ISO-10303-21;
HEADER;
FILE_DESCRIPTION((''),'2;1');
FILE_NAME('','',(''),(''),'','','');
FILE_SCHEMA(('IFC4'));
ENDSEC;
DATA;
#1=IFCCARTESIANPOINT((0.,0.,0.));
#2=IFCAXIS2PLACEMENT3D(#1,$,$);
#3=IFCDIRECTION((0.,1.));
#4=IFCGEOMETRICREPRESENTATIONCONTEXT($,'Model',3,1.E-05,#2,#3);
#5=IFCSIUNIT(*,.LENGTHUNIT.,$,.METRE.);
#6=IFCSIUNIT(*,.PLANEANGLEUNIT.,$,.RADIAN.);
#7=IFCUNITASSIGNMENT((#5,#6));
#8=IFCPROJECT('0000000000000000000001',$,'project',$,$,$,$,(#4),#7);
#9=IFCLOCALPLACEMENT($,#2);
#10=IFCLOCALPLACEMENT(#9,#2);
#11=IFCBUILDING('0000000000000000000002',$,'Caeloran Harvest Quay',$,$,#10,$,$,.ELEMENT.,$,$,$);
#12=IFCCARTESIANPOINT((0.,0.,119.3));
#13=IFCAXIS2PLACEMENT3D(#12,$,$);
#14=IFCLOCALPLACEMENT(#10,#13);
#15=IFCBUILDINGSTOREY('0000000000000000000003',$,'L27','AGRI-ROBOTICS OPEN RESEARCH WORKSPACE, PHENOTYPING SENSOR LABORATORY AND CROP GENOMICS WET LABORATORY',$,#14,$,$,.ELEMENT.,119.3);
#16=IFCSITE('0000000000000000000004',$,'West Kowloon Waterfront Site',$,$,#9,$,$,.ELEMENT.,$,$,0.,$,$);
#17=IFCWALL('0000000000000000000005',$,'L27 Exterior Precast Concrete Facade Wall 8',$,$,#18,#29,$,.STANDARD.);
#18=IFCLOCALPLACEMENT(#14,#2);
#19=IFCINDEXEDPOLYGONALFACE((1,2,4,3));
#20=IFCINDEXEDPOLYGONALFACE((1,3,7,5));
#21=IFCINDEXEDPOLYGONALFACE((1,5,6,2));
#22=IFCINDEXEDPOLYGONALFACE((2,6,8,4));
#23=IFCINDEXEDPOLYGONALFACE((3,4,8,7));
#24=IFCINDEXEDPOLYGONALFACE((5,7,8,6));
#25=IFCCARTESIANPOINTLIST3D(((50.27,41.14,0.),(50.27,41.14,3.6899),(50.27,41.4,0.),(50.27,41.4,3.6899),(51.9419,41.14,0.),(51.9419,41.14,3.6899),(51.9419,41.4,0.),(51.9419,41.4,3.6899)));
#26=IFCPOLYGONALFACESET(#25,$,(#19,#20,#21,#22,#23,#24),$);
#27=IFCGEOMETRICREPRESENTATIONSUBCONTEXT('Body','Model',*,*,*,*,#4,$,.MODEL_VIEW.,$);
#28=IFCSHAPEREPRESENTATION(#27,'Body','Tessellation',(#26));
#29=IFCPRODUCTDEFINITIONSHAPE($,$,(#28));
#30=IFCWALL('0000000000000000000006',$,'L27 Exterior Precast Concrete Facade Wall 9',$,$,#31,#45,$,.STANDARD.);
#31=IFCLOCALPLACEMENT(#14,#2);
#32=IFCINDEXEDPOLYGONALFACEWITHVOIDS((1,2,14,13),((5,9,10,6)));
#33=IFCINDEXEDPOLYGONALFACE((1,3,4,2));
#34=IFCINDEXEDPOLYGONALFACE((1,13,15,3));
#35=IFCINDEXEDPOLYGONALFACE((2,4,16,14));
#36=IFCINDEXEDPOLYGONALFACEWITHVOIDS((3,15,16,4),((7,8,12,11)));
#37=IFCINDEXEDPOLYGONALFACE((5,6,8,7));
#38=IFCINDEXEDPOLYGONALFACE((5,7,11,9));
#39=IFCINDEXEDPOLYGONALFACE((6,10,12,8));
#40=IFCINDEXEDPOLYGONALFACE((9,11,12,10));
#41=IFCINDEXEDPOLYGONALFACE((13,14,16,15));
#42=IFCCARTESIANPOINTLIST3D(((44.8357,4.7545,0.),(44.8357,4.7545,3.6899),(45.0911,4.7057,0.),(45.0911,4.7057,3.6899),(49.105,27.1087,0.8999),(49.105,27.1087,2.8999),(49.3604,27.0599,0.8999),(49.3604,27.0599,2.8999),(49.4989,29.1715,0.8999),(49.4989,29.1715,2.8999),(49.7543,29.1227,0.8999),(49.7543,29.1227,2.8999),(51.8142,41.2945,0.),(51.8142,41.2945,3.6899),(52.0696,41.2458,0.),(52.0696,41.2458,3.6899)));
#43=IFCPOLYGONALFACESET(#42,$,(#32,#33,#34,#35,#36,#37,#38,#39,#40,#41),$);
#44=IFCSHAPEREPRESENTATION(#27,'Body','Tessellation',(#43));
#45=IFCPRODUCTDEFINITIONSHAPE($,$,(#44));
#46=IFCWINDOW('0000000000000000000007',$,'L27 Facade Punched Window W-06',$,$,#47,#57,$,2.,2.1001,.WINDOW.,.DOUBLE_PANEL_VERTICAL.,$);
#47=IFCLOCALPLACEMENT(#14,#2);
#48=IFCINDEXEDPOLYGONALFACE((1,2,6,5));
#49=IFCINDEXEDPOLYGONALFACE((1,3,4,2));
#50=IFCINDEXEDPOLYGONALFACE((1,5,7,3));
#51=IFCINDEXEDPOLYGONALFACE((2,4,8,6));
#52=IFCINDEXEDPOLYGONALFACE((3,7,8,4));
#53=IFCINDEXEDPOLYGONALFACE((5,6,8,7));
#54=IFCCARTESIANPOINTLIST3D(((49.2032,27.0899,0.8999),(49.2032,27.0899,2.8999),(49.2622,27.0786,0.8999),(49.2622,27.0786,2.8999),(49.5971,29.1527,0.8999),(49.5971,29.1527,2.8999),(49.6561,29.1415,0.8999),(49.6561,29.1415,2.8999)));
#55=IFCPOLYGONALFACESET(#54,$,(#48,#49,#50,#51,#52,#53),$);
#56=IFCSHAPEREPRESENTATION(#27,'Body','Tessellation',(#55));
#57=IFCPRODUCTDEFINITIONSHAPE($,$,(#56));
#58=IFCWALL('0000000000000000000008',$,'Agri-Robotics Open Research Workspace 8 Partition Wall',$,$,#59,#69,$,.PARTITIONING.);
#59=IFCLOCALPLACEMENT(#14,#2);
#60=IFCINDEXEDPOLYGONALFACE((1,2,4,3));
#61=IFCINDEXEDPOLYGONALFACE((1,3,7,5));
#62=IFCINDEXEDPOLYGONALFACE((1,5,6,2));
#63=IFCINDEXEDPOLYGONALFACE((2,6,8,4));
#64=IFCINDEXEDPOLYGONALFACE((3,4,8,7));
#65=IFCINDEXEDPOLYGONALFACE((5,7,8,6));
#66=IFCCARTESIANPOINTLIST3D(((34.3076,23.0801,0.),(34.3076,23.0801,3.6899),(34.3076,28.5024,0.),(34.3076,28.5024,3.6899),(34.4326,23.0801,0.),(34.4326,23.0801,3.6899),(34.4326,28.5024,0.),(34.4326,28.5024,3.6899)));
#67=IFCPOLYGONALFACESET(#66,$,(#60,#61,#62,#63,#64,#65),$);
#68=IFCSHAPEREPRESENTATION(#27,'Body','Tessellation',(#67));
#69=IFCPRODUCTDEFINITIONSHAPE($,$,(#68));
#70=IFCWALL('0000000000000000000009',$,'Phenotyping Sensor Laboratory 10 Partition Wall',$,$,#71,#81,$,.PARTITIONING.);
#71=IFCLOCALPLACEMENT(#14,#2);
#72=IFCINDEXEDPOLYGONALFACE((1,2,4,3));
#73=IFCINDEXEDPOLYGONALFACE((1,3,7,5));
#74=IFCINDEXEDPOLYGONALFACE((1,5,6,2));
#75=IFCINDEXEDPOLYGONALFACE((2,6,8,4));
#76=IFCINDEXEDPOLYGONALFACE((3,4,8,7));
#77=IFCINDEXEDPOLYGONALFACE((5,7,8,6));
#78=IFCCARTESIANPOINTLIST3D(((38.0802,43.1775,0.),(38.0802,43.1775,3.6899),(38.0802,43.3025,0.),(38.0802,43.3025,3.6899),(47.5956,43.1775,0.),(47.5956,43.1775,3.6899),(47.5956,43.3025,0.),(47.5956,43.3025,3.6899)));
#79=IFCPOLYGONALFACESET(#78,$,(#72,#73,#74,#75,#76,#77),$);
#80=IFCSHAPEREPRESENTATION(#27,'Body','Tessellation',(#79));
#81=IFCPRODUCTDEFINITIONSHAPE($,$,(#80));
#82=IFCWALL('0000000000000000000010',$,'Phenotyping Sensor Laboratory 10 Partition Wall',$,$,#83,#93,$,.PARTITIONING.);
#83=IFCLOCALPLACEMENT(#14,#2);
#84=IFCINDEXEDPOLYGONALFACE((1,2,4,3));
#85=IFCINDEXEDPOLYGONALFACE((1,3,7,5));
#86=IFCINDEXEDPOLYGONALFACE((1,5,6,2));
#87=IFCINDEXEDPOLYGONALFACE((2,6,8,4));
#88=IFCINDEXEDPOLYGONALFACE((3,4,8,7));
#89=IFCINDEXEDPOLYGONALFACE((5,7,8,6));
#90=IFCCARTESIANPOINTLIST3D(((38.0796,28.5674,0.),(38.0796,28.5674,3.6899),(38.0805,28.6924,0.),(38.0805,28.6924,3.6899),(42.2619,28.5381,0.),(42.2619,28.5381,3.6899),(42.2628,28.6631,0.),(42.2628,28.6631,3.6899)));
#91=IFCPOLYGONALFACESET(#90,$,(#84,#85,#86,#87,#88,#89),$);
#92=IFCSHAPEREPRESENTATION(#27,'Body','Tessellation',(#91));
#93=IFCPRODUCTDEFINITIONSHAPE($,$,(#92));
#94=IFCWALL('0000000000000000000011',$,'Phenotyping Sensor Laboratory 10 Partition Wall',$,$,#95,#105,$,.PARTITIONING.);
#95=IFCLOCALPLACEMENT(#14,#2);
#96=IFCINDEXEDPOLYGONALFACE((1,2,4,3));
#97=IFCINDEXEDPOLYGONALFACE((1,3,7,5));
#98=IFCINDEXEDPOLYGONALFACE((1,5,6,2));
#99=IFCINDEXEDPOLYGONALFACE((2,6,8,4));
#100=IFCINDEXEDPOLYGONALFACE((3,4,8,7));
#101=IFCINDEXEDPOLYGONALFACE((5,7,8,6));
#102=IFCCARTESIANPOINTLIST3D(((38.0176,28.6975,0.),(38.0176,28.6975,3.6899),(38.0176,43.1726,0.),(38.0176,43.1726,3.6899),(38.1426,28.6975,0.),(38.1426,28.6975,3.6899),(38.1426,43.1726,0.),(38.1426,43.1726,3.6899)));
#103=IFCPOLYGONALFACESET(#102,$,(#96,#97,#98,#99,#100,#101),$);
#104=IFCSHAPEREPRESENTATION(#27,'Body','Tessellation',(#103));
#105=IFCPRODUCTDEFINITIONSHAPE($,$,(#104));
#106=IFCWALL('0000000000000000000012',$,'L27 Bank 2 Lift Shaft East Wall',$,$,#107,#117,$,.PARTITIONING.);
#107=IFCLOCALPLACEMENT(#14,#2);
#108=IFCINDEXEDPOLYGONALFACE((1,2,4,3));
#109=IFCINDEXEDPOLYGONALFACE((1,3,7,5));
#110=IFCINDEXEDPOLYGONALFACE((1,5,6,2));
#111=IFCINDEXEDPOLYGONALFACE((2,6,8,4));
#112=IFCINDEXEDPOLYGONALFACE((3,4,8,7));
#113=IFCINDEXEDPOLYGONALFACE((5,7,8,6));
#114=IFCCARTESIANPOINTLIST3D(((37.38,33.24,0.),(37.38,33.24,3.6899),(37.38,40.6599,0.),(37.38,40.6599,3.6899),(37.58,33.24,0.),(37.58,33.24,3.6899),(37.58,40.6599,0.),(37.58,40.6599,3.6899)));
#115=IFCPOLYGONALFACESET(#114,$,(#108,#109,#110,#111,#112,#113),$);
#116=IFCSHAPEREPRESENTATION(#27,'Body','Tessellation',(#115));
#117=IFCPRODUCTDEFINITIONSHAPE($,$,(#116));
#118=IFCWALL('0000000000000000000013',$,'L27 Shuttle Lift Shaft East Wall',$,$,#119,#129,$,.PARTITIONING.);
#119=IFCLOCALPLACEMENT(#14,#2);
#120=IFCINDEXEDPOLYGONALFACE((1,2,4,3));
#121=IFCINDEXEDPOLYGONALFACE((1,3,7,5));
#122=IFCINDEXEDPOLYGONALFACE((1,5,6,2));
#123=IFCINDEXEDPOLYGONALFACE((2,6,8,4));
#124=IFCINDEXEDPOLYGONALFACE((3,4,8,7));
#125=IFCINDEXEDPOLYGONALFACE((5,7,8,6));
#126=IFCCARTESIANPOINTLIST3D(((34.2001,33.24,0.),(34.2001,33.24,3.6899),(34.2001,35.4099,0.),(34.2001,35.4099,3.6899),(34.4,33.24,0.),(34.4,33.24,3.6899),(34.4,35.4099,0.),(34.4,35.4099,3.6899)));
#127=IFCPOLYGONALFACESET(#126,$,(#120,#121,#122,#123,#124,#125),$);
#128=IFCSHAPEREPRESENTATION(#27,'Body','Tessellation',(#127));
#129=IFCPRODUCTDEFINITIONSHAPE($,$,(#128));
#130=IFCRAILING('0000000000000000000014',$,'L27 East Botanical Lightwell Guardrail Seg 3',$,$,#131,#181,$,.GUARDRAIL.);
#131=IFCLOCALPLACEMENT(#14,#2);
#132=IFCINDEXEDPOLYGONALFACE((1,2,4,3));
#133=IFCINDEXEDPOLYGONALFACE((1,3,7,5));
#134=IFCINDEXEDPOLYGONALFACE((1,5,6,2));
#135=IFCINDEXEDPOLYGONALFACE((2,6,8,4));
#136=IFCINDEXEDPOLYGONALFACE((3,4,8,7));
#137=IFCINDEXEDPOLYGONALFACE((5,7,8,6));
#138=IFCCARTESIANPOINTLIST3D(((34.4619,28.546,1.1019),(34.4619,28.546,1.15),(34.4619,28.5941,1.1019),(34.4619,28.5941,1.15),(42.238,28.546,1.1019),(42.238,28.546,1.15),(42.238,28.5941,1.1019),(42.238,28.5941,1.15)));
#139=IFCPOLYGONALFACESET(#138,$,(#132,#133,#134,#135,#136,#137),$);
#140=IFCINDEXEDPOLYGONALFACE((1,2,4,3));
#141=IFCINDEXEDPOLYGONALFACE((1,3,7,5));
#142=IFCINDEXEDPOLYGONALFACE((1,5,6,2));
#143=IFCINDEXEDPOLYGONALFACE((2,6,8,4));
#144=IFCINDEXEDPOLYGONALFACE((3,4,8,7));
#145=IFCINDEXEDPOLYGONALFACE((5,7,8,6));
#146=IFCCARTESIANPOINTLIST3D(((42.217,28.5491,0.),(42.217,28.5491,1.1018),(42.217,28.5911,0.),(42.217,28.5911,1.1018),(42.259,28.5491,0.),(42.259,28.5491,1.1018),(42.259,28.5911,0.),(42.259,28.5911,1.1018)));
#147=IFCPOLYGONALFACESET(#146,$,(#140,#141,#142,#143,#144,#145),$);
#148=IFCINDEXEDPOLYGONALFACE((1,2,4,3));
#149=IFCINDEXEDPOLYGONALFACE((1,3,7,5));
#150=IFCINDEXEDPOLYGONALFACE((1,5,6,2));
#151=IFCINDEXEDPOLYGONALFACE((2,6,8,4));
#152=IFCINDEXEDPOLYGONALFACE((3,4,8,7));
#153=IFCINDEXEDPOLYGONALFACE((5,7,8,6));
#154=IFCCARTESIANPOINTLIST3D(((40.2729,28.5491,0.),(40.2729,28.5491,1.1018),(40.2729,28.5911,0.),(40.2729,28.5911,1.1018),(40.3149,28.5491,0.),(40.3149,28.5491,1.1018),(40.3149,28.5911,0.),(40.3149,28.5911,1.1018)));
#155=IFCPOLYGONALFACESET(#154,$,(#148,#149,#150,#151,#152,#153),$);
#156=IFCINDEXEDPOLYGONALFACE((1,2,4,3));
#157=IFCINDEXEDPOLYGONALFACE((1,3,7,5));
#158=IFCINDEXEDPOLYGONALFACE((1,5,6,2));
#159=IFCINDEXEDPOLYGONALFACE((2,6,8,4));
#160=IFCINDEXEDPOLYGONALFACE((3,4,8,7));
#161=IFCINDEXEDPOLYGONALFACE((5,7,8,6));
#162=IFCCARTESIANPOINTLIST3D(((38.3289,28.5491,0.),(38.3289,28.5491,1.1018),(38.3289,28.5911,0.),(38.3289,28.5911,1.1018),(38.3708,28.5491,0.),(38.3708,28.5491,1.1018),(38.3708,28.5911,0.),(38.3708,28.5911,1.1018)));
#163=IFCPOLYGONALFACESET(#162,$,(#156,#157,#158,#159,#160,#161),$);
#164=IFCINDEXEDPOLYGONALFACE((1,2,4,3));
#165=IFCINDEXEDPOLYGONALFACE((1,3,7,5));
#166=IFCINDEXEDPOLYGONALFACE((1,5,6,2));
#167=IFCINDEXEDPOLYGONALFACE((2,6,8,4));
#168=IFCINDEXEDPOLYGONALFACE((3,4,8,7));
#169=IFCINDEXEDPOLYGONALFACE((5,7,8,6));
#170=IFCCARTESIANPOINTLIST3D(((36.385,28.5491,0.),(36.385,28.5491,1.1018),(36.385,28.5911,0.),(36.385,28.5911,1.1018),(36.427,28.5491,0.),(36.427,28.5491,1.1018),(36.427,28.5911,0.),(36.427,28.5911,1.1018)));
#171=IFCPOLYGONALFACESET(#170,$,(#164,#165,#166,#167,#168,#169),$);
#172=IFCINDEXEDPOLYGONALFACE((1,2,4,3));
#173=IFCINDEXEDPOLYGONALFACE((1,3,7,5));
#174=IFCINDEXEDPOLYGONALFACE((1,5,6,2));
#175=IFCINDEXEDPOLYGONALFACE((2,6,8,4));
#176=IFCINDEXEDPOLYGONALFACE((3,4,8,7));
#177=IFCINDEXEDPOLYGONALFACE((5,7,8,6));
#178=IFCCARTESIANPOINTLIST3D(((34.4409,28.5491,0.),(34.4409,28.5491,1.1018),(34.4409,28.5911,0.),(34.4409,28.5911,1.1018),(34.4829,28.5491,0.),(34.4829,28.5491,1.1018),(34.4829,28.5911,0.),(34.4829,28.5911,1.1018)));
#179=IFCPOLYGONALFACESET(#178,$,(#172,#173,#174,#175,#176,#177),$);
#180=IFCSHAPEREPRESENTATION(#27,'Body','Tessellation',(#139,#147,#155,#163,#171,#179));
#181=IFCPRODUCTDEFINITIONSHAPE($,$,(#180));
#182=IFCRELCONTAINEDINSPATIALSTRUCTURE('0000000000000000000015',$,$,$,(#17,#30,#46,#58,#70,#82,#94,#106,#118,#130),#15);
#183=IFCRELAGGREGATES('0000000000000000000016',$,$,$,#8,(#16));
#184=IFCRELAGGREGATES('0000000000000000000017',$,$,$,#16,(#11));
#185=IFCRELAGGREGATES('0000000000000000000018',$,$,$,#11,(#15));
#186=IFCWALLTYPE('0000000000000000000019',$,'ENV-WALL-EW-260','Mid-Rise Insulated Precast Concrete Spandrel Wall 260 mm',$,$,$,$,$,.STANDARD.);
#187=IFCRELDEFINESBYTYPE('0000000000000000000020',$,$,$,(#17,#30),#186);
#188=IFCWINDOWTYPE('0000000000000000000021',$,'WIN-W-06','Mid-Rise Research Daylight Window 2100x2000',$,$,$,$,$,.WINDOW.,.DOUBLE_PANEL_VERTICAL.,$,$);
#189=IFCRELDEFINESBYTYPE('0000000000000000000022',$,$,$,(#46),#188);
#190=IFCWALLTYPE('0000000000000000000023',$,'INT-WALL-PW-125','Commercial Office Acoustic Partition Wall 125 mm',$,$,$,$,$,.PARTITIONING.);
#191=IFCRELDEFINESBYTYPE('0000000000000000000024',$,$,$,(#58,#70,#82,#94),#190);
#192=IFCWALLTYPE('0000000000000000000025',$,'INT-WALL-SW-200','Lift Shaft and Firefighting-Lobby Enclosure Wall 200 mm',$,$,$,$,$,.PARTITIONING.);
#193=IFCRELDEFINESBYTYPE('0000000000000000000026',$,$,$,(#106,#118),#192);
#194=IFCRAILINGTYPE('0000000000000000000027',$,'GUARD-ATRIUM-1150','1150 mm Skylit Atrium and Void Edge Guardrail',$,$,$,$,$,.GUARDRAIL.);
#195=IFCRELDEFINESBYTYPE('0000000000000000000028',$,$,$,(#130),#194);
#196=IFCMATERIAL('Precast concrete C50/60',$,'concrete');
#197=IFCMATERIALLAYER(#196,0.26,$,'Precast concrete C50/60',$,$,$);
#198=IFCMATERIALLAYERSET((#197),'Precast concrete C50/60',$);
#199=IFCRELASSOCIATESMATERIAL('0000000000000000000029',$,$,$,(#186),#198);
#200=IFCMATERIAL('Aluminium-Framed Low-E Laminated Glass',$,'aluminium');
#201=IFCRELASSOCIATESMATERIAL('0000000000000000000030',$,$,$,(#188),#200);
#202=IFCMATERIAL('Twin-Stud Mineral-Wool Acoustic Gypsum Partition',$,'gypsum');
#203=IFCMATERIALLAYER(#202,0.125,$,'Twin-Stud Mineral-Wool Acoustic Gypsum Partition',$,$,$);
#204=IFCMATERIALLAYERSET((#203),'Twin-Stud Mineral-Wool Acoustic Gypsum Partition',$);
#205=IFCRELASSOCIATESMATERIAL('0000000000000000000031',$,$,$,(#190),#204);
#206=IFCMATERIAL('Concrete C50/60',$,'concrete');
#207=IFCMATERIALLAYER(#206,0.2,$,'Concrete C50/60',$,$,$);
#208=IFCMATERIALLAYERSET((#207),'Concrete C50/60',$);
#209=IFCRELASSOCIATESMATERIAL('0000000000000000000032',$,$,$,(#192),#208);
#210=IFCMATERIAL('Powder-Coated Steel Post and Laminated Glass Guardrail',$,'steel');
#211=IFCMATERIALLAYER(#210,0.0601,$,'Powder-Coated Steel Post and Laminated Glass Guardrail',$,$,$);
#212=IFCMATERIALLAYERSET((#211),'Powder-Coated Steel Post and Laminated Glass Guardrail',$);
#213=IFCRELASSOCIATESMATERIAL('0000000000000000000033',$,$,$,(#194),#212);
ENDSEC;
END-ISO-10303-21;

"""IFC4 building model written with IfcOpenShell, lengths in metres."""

from ifc_helpers import new_model, si_unit, direction, frame, frame_2d, origin, origin_2d, place, context, subcontext, project, spatial, rectangle, extrude, material, layer, layer_set, type_object, element, fill, save


model = new_model("IFC4")

# Units and contexts
model_context = context("Model", 3, precision=1e-05, world=origin(), true_north=direction((0.0, 1.0)))
body_context = subcontext(model_context, "Body", "Model", "MODEL_VIEW")
ifc_project = project(units=[si_unit("LENGTHUNIT", "METRE"), si_unit("PLANEANGLEUNIT", "RADIAN")], contexts=[model_context])

# Site, building, storey
site_placement = place(None, origin())
site = spatial("IfcSite", under=ifc_project, at=site_placement, Name="West Kowloon Waterfront Site", CompositionType="ELEMENT", RefElevation=0.0)
building_placement = place(site_placement, origin())
building = spatial("IfcBuilding", under=site, at=building_placement, Name="Caeloran Harvest Quay", CompositionType="ELEMENT")
storey_placement = place(building_placement, frame((0.0, 0.0, 119.3)))
storey = spatial("IfcBuildingStorey", under=building, at=storey_placement, Name="L27", Description="AGRI-ROBOTICS OPEN RESEARCH WORKSPACE, PHENOTYPING SENSOR LABORATORY AND CROP GENOMICS WET LABORATORY", CompositionType="ELEMENT", Elevation=119.3)

# Wall
ifc_material_1 = material(Name="Precast concrete C50/60", Category="concrete")
ifc_layer_1 = layer(ifc_material_1, 0.26, Name="Precast concrete C50/60")
ifc_layer_set_1 = layer_set([ifc_layer_1], Name="Precast concrete C50/60")
wall_type_1 = type_object("IfcWallType", Name="ENV-WALL-EW-260", Description="Mid-Rise Insulated Precast Concrete Spandrel Wall 260 mm", PredefinedType="STANDARD", material=ifc_layer_set_1)
wall_1_placement = place(storey_placement, frame((50.27, 41.27, 0.0), z_axis=(0.0, 0.0, 1.0), x_axis=(1.0, 0.0, 0.0)))
element("IfcWall", 1, at=wall_1_placement, inside=storey, type_object=wall_type_1, Name="L27 Exterior Precast Concrete Facade Wall 8", PredefinedType="STANDARD", context=body_context, shape_type="SweptSolid", body=[
    extrude(rectangle(XDim=1.6719, YDim=0.26, at=frame_2d((0.8359, 0.0))), origin(), (0.0, 0.0, 1.0), 3.6899),
])

# Wall, opening, window
wall_2_placement = place(storey_placement, frame((51.9419, 41.27, 0.0), z_axis=(0.0, 0.0, 1.0), x_axis=(-0.187592, -0.982247, 0.0)))
wall_2 = element("IfcWall", 2, at=wall_2_placement, inside=storey, type_object=wall_type_1, Name="L27 Exterior Precast Concrete Facade Wall 9", PredefinedType="STANDARD", context=body_context, shape_type="SweptSolid", body=[
    extrude(rectangle(XDim=37.2004, YDim=0.26, at=frame_2d((18.6001, 0.0))), origin(), (0.0, 0.0, 1.0), 3.6899),
])
opening_placement = place(wall_2_placement, frame((12.342, 0.0, 0.8999)))
opening = element("IfcOpeningElement", 3, at=opening_placement, cuts=wall_2, PredefinedType="OPENING", context=body_context, shape_type="SweptSolid", body=[
    extrude(rectangle(XDim=2.1001, YDim=2.0, at=frame_2d((1.05, 1.0))), frame((0.0, 0.1401, 0.0), z_axis=(0.0, -1.0, 0.0), x_axis=(1.0, 0.0, 0.0)), (0.0, 0.0, 1.0), 0.28),
])
ifc_material_2 = material(Name="Aluminium-Framed Low-E Laminated Glass", Category="aluminium")
window_type = type_object("IfcWindowType", Name="WIN-W-06", Description="Mid-Rise Research Daylight Window 2100x2000", PartitioningType="DOUBLE_PANEL_VERTICAL", PredefinedType="WINDOW", material=ifc_material_2)
window_placement = place(opening_placement, origin())
window = element("IfcWindow", 4, at=window_placement, inside=storey, type_object=window_type, Name="L27 Facade Punched Window W-06", OverallHeight=2.0, OverallWidth=2.1001, PartitioningType="DOUBLE_PANEL_VERTICAL", PredefinedType="WINDOW", context=body_context, shape_type="SweptSolid", body=[
    extrude(rectangle(XDim=2.1001, YDim=2.0, at=frame_2d((1.05, 1.0))), frame((0.0, 0.03, 0.0), z_axis=(0.0, -1.0, 0.0), x_axis=(1.0, 0.0, 0.0)), (0.0, 0.0, 1.0), 0.0601),
])
fill(opening, window)

# Walls
ifc_material_3 = material(Name="Twin-Stud Mineral-Wool Acoustic Gypsum Partition", Category="gypsum")
ifc_layer_2 = layer(ifc_material_3, 0.125, Name="Twin-Stud Mineral-Wool Acoustic Gypsum Partition")
ifc_layer_set_2 = layer_set([ifc_layer_2], Name="Twin-Stud Mineral-Wool Acoustic Gypsum Partition")
wall_type_2 = type_object("IfcWallType", Name="INT-WALL-PW-125", Description="Commercial Office Acoustic Partition Wall 125 mm", PredefinedType="PARTITIONING", material=ifc_layer_set_2)
wall_3_placement = place(storey_placement, frame((34.3701, 28.5024, 0.0), z_axis=(0.0, 0.0, 1.0), x_axis=(0.0, -1.0, 0.0)))
element("IfcWall", 5, at=wall_3_placement, inside=storey, type_object=wall_type_2, Name="Agri-Robotics Open Research Workspace 8 Partition Wall", PredefinedType="PARTITIONING", context=body_context, shape_type="SweptSolid", body=[
    extrude(rectangle(XDim=5.4224, YDim=0.125, at=frame_2d((2.7112, 0.0))), origin(), (0.0, 0.0, 1.0), 3.6899),
])
wall_4_placement = place(storey_placement, frame((38.0801, 43.24, 0.0), z_axis=(0.0, 0.0, 1.0), x_axis=(1.0, 0.0, 0.0)))
element("IfcWall", 6, at=wall_4_placement, inside=storey, type_object=wall_type_2, Name="Phenotyping Sensor Laboratory 10 Partition Wall", PredefinedType="PARTITIONING", context=body_context, shape_type="SweptSolid", body=[
    extrude(rectangle(XDim=9.5154, YDim=0.125, at=frame_2d((4.7578, 0.0))), origin(), (0.0, 0.0, 1.0), 3.6899),
])
wall_5_placement = place(storey_placement, frame((42.2625, 28.6006, 0.0), z_axis=(0.0, 0.0, 1.0), x_axis=(-0.999975, 0.007005, 0.0)))
element("IfcWall", 7, at=wall_5_placement, inside=storey, type_object=wall_type_2, Name="Phenotyping Sensor Laboratory 10 Partition Wall", PredefinedType="PARTITIONING", context=body_context, shape_type="SweptSolid", body=[
    extrude(rectangle(XDim=4.1824, YDim=0.125, at=frame_2d((2.0913, 0.0))), origin(), (0.0, 0.0, 1.0), 3.6899),
])
wall_6_placement = place(storey_placement, frame((38.0801, 28.6975, 0.0), z_axis=(0.0, 0.0, 1.0), x_axis=(0.0, 1.0, 0.0)))
element("IfcWall", 8, at=wall_6_placement, inside=storey, type_object=wall_type_2, Name="Phenotyping Sensor Laboratory 10 Partition Wall", PredefinedType="PARTITIONING", context=body_context, shape_type="SweptSolid", body=[
    extrude(rectangle(XDim=14.4751, YDim=0.125, at=frame_2d((7.2375, 0.0))), origin(), (0.0, 0.0, 1.0), 3.6899),
])
ifc_material_4 = material(Name="Concrete C50/60", Category="concrete")
ifc_layer_3 = layer(ifc_material_4, 0.2, Name="Concrete C50/60")
ifc_layer_set_3 = layer_set([ifc_layer_3], Name="Concrete C50/60")
wall_type_3 = type_object("IfcWallType", Name="INT-WALL-SW-200", Description="Lift Shaft and Firefighting-Lobby Enclosure Wall 200 mm", PredefinedType="PARTITIONING", material=ifc_layer_set_3)
wall_7_placement = place(storey_placement, frame((37.48, 33.24, 0.0), z_axis=(0.0, 0.0, 1.0), x_axis=(0.0, 1.0, 0.0)))
element("IfcWall", 9, at=wall_7_placement, inside=storey, type_object=wall_type_3, Name="L27 Bank 2 Lift Shaft East Wall", PredefinedType="PARTITIONING", context=body_context, shape_type="SweptSolid", body=[
    extrude(rectangle(XDim=7.4199, YDim=0.2, at=frame_2d((3.71, 0.0))), origin(), (0.0, 0.0, 1.0), 3.6899),
])
wall_8_placement = place(storey_placement, frame((34.3, 33.24, 0.0), z_axis=(0.0, 0.0, 1.0), x_axis=(0.0, 1.0, 0.0)))
element("IfcWall", 10, at=wall_8_placement, inside=storey, type_object=wall_type_3, Name="L27 Shuttle Lift Shaft East Wall", PredefinedType="PARTITIONING", context=body_context, shape_type="SweptSolid", body=[
    extrude(rectangle(XDim=2.1699, YDim=0.2, at=frame_2d((1.085, 0.0))), origin(), (0.0, 0.0, 1.0), 3.6899),
])

# Railing
ifc_material_5 = material(Name="Powder-Coated Steel Post and Laminated Glass Guardrail", Category="steel")
ifc_layer_4 = layer(ifc_material_5, 0.0601, Name="Powder-Coated Steel Post and Laminated Glass Guardrail")
ifc_layer_set_4 = layer_set([ifc_layer_4], Name="Powder-Coated Steel Post and Laminated Glass Guardrail")
railing_type = type_object("IfcRailingType", Name="GUARD-ATRIUM-1150", Description="1150 mm Skylit Atrium and Void Edge Guardrail", PredefinedType="GUARDRAIL", material=ifc_layer_set_4)
railing_1_placement = place(storey_placement, frame((42.238, 28.5701, 0.0)))
element("IfcRailing", 11, at=railing_1_placement, inside=storey, type_object=railing_type, Name="L27 East Botanical Lightwell Guardrail Seg 3", PredefinedType="GUARDRAIL", context=body_context, shape_type="SweptSolid", body=[
    extrude(rectangle(XDim=0.0481, YDim=0.0481, at=origin_2d()), frame((0.0, 0.0, 1.126), z_axis=(-1.0, 0.0, 0.0), x_axis=(0.0, -1.0, 0.0)), (0.0, 0.0, 1.0), 7.7761),
    extrude(rectangle(XDim=0.042, YDim=0.042, at=origin_2d()), origin(), (0.0, 0.0, 1.0), 1.1018),
    extrude(rectangle(XDim=0.042, YDim=0.042, at=origin_2d()), frame((-1.9441, 0.0, 0.0)), (0.0, 0.0, 1.0), 1.1018),
    extrude(rectangle(XDim=0.042, YDim=0.042, at=origin_2d()), frame((-3.8882, 0.0, 0.0)), (0.0, 0.0, 1.0), 1.1018),
    extrude(rectangle(XDim=0.042, YDim=0.042, at=origin_2d()), frame((-5.832, 0.0, 0.0)), (0.0, 0.0, 1.0), 1.1018),
    extrude(rectangle(XDim=0.042, YDim=0.042, at=origin_2d()), frame((-7.7761, 0.0, 0.0)), (0.0, 0.0, 1.0), 1.1018),
])

save(model, "model.ifc")
